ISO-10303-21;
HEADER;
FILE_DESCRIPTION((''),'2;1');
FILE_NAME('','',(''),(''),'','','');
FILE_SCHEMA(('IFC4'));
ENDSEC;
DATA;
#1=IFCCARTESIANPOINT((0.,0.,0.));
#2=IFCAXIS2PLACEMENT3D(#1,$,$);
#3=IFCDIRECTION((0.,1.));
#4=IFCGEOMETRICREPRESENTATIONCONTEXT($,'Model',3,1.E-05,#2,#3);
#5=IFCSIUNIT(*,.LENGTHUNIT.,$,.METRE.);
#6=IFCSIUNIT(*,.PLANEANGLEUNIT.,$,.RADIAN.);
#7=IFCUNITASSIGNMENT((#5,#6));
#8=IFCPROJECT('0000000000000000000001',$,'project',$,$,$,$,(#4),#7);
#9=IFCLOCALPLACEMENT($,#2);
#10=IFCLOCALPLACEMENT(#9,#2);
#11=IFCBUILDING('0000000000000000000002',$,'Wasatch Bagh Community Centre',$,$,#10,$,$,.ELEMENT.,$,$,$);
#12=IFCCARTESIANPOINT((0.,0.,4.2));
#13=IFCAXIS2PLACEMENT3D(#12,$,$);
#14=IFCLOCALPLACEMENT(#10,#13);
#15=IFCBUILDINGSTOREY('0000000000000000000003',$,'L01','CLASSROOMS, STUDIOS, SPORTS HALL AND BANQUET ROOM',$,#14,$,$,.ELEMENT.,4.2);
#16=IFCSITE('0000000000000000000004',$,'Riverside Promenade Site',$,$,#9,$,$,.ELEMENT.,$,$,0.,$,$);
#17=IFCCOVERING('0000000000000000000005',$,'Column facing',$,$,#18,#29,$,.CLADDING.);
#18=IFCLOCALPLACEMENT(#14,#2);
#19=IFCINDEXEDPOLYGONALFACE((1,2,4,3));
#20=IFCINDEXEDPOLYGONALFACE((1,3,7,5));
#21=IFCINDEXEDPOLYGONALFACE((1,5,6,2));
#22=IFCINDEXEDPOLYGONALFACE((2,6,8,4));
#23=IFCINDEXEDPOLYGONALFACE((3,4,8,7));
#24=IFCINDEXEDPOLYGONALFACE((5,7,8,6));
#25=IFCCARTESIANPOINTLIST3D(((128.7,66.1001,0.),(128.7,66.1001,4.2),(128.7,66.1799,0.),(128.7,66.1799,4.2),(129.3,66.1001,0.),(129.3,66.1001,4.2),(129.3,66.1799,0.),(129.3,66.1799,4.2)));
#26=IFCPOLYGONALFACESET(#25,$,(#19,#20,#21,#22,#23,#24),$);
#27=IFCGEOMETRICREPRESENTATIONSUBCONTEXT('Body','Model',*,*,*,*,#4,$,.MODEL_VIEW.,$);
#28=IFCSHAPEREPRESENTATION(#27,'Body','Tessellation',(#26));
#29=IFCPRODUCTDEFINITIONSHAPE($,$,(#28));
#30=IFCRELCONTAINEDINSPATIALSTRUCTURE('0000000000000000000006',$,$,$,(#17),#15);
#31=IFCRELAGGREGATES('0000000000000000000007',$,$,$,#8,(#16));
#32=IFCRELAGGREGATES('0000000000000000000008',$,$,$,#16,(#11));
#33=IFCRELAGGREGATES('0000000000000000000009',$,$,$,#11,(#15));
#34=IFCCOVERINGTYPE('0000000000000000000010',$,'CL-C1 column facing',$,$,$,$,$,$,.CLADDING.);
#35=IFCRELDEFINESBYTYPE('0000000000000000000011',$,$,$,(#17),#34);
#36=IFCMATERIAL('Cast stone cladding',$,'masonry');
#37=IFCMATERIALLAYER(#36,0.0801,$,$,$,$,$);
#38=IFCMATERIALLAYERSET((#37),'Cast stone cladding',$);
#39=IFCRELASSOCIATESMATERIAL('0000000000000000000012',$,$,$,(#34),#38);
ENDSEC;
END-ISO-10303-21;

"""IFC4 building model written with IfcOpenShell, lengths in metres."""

from ifc_helpers import new_model, si_unit, direction, frame, origin, place, context, subcontext, project, spatial, polyline, outline, extrude, material, layer, layer_set, type_object, element, save


model = new_model("IFC4")

# Units and contexts
model_context = context("Model", 3, precision=1e-05, world=origin(), true_north=direction((0.0, 1.0)))
body_context = subcontext(model_context, "Body", "Model", "MODEL_VIEW")
ifc_project = project(units=[si_unit("LENGTHUNIT", "METRE"), si_unit("PLANEANGLEUNIT", "RADIAN")], contexts=[model_context])

# Site, building, storey
site_placement = place(None, origin())
site = spatial("IfcSite", under=ifc_project, at=site_placement, Name="Riverside Promenade Site", CompositionType="ELEMENT", RefElevation=0.0)
building_placement = place(site_placement, origin())
building = spatial("IfcBuilding", under=site, at=building_placement, Name="Wasatch Bagh Community Centre", CompositionType="ELEMENT")
storey_placement = place(building_placement, frame((0.0, 0.0, 4.2)))
storey = spatial("IfcBuildingStorey", under=building, at=storey_placement, Name="L01", Description="CLASSROOMS, STUDIOS, SPORTS HALL AND BANQUET ROOM", CompositionType="ELEMENT", Elevation=4.2)

# Covering
ifc_material = material(Name="Cast stone cladding", Category="masonry")
ifc_layer = layer(ifc_material, 0.0801)
ifc_layer_set = layer_set([ifc_layer], Name="Cast stone cladding")
covering_type = type_object("IfcCoveringType", Name="CL-C1 column facing", PredefinedType="CLADDING", material=ifc_layer_set)
covering_1_placement = place(storey_placement, origin())
element("IfcCovering", 1, at=covering_1_placement, inside=storey, type_object=covering_type, Name="Column facing", PredefinedType="CLADDING", context=body_context, shape_type="SweptSolid", body=[
    extrude(outline(polyline([(129.3, 66.1001), (128.7, 66.1001), (128.7, 66.1799), (129.3, 66.1799), (129.3, 66.1001)])), origin(), (0.0, 0.0, 1.0), 4.2),
])

save(model, "model.ifc")
